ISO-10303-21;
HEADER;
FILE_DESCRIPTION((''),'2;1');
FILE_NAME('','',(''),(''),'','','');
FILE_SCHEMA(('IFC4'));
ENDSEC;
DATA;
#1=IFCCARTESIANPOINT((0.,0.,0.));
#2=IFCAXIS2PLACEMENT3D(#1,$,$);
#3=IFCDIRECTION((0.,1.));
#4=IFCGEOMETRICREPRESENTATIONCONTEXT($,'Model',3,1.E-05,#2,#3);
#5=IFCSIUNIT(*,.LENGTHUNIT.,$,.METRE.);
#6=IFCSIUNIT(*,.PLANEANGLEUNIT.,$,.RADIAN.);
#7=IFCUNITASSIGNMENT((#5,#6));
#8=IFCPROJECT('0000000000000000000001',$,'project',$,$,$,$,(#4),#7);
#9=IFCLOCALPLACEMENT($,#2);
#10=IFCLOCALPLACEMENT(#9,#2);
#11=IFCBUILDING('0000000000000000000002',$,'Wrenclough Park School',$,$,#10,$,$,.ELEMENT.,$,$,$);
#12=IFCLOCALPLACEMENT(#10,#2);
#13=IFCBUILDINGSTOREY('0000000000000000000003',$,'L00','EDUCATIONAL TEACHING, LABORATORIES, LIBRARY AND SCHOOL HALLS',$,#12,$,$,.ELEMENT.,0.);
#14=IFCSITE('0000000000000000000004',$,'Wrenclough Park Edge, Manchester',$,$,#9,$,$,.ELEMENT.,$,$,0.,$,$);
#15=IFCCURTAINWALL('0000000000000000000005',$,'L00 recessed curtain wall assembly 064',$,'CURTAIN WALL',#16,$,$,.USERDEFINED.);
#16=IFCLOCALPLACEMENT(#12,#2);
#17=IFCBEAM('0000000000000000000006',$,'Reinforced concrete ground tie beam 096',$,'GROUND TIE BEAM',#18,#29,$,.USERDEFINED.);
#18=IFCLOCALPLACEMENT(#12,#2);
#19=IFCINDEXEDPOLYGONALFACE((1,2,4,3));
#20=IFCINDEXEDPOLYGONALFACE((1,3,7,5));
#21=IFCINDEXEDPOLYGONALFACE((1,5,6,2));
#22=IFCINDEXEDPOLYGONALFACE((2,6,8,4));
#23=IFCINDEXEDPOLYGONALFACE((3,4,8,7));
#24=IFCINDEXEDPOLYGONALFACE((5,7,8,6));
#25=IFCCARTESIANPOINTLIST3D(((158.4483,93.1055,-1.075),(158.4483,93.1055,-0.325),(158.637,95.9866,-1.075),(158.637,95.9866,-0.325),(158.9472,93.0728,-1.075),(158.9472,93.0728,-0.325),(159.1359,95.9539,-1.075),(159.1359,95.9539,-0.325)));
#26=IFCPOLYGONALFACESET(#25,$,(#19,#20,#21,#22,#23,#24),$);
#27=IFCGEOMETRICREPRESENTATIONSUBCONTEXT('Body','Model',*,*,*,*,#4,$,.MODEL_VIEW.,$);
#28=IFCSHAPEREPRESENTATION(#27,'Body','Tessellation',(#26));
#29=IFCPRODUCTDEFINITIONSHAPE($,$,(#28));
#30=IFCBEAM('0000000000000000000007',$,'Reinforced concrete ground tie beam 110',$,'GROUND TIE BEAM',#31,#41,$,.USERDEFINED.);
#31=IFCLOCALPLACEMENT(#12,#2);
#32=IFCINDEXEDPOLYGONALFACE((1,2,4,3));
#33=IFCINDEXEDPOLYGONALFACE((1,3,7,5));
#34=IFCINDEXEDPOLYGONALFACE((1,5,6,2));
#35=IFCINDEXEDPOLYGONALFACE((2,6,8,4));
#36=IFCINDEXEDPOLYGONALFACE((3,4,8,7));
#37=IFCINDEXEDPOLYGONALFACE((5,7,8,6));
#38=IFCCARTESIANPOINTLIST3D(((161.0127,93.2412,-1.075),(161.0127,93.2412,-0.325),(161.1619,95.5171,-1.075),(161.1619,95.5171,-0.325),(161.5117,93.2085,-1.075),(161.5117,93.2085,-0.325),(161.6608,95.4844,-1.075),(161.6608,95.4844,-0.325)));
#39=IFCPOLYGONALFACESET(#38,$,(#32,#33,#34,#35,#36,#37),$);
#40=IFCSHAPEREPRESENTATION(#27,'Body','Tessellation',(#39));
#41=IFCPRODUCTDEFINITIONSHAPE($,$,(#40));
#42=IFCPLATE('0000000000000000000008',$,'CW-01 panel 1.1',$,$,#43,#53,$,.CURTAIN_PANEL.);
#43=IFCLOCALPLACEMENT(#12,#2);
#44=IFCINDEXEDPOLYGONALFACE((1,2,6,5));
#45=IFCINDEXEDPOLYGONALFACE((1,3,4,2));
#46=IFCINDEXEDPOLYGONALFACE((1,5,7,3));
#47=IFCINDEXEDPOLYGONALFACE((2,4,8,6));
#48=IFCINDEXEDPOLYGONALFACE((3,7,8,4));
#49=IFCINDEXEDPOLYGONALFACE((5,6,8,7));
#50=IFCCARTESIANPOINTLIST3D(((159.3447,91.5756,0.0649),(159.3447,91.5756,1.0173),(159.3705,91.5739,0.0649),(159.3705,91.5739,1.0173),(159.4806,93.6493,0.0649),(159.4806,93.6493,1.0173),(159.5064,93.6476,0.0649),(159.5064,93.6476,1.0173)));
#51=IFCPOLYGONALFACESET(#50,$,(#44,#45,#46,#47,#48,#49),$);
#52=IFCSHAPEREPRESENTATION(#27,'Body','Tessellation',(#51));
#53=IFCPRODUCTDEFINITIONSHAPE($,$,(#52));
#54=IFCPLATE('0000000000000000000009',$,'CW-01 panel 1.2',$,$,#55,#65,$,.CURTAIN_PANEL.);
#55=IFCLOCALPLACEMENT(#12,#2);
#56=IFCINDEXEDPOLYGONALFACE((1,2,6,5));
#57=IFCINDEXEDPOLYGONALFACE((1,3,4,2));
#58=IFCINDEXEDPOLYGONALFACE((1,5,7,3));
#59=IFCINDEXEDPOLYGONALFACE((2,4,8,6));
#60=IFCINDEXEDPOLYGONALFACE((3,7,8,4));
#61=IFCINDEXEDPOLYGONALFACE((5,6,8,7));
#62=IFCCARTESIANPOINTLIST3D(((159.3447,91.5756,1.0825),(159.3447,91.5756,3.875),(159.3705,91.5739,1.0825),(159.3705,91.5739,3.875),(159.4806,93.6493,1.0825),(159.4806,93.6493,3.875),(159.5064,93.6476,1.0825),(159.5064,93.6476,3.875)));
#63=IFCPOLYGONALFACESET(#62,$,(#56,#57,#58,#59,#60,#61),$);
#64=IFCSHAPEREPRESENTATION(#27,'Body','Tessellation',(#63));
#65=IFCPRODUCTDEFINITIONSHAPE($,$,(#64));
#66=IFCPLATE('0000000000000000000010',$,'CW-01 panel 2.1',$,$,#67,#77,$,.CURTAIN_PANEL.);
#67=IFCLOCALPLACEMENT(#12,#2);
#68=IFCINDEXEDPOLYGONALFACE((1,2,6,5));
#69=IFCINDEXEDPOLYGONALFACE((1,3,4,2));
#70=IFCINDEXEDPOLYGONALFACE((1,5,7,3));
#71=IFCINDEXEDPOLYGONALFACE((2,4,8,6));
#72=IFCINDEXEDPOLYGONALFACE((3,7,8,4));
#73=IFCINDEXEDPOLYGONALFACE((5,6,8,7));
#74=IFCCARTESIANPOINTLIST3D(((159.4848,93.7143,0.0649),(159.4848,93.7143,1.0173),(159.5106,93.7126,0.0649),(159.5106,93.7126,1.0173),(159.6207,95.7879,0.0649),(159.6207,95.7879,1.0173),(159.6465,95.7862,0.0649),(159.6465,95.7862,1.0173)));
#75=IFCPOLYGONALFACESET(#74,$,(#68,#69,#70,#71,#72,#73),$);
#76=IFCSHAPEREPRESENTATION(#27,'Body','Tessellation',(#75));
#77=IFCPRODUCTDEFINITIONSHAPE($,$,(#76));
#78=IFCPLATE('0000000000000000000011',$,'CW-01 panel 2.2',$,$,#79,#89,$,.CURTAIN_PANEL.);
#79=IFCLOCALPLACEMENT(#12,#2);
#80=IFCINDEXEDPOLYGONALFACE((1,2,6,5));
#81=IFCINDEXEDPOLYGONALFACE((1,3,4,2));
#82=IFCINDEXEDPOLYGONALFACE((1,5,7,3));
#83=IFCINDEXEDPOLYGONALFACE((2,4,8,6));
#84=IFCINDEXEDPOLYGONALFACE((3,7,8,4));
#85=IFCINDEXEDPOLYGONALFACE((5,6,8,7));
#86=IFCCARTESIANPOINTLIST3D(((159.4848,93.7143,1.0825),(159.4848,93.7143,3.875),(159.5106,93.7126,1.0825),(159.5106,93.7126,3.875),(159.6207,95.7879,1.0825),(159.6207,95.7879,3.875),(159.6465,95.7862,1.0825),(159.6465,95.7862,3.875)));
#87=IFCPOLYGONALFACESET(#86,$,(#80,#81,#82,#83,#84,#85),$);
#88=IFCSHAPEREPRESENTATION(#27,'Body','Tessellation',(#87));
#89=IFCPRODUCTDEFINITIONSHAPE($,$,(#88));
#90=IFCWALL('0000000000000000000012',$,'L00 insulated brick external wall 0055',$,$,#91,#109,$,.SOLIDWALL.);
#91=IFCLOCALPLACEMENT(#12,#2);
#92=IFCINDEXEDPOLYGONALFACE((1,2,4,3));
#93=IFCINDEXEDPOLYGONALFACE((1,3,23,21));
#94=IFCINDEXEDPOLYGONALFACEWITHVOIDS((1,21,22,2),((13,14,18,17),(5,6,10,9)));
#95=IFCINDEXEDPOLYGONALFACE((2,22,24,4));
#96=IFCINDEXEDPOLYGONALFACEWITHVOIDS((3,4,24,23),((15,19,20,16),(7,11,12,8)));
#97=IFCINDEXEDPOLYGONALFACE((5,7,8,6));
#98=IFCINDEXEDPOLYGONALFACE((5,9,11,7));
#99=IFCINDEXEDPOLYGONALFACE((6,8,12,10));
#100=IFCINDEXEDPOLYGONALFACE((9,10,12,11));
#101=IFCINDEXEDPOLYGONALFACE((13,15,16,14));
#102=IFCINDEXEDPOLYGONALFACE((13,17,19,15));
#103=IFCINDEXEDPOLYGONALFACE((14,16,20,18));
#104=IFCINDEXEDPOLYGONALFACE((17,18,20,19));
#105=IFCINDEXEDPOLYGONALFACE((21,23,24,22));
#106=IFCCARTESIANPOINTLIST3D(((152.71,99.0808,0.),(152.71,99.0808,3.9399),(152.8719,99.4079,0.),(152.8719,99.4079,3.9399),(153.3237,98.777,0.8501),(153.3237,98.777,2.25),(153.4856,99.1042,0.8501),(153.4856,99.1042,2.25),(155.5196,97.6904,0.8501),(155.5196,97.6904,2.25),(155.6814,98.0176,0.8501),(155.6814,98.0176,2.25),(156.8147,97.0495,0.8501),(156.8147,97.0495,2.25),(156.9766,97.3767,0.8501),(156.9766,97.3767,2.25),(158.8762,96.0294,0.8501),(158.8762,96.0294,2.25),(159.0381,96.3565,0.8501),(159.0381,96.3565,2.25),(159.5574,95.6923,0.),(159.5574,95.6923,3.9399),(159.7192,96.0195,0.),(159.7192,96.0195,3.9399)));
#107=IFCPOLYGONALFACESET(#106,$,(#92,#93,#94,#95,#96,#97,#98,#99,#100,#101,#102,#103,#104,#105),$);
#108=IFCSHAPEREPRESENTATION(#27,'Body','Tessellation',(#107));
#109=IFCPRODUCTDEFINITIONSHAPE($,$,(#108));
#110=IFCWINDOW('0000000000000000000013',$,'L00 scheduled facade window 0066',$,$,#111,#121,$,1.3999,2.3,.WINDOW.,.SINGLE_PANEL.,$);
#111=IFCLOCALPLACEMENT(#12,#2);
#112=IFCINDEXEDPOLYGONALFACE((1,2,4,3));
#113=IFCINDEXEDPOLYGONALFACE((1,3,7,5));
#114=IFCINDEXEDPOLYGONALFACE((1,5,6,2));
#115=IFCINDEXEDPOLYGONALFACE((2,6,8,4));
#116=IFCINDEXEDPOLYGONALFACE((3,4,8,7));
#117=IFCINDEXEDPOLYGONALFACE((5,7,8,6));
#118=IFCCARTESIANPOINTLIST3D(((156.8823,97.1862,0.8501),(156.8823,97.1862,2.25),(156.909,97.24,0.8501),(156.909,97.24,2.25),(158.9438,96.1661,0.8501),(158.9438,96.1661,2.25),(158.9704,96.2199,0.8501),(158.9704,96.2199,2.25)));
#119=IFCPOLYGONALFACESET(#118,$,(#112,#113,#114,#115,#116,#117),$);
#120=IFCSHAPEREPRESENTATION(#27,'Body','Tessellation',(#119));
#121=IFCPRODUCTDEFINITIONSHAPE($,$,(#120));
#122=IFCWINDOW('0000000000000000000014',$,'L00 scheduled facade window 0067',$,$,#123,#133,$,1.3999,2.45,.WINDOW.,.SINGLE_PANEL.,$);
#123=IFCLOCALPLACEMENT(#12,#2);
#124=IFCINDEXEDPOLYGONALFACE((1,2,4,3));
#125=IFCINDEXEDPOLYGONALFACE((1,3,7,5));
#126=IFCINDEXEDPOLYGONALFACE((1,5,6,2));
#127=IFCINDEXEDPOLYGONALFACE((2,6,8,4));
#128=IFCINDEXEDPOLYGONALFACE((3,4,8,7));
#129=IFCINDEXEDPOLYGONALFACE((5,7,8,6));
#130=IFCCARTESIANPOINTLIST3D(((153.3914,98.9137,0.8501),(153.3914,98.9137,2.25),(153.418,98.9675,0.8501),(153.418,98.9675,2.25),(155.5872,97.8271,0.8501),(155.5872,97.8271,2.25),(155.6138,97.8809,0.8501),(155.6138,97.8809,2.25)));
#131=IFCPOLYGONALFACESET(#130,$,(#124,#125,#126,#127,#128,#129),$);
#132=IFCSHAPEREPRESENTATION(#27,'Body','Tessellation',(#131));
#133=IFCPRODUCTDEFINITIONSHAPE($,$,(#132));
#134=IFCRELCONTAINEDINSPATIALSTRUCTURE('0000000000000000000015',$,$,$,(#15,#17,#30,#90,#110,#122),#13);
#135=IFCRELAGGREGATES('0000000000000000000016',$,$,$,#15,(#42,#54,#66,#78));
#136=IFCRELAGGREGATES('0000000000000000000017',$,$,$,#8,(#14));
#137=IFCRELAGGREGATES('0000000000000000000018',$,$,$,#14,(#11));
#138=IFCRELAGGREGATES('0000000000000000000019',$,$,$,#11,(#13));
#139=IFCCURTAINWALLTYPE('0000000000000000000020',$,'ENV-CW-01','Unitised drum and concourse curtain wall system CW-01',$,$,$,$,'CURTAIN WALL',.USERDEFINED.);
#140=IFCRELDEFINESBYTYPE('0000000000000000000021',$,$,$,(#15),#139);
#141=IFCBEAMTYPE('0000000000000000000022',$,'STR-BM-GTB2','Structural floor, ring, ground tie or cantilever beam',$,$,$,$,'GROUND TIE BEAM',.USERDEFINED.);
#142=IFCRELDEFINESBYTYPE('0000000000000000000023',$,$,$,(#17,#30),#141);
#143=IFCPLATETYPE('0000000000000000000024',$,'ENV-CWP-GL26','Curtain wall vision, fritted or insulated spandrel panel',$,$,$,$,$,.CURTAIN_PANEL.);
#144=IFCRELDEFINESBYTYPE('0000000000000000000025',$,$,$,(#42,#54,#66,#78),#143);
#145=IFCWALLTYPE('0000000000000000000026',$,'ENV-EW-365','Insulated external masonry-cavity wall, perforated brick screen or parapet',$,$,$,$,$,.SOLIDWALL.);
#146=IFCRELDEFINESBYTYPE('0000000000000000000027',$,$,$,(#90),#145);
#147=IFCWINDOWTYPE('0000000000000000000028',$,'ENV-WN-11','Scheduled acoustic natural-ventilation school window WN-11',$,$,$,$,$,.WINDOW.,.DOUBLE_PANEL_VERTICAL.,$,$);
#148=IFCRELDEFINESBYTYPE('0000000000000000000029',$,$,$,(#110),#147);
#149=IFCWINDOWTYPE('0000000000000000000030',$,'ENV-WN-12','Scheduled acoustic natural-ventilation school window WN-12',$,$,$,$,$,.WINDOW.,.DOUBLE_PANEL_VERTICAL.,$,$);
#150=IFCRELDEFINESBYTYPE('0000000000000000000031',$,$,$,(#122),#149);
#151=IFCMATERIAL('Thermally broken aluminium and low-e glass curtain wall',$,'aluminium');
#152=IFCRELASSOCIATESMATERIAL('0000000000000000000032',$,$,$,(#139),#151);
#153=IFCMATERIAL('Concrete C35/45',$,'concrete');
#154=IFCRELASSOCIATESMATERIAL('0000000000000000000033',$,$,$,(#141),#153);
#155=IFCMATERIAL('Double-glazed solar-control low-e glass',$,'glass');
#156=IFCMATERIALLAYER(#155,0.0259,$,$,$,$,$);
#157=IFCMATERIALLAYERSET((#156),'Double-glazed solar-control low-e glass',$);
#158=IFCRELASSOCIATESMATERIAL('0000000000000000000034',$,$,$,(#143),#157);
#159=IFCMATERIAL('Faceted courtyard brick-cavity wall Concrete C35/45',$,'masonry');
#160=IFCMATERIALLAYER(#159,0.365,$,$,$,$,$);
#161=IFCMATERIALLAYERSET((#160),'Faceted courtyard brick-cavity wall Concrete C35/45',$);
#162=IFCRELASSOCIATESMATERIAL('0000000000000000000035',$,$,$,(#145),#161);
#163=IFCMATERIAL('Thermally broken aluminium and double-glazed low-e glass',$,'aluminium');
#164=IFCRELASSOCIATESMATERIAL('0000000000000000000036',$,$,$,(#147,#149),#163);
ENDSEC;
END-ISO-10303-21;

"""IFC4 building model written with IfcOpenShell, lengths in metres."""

from ifc_helpers import new_model, si_unit, direction, frame, frame_2d, origin, origin_2d, place, context, subcontext, project, spatial, rectangle, extrude, material, layer, layer_set, material_profile, profile_set, type_object, element, fill, aggregate, save


model = new_model("IFC4")

# Units and contexts
model_context = context("Model", 3, precision=1e-05, world=origin(), true_north=direction((0.0, 1.0)))
body_context = subcontext(model_context, "Body", "Model", "MODEL_VIEW")
ifc_project = project(units=[si_unit("LENGTHUNIT", "METRE"), si_unit("PLANEANGLEUNIT", "RADIAN")], contexts=[model_context])

# Site, building, storey
site_placement = place(None, origin())
site = spatial("IfcSite", under=ifc_project, at=site_placement, Name="Wrenclough Park Edge, Manchester", CompositionType="ELEMENT", RefElevation=0.0)
building_placement = place(site_placement, origin())
building = spatial("IfcBuilding", under=site, at=building_placement, Name="Wrenclough Park School", CompositionType="ELEMENT")
storey_placement = place(building_placement, origin())
storey = spatial("IfcBuildingStorey", under=building, at=storey_placement, Name="L00", Description="EDUCATIONAL TEACHING, LABORATORIES, LIBRARY AND SCHOOL HALLS", CompositionType="ELEMENT", Elevation=0.0)

# Shared definitions
ifc_material_1 = material(Name="Concrete C35/45", Category="concrete")

# Shared definitions
ifc_material_2 = material(Name="Thermally broken aluminium and low-e glass curtain wall", Category="aluminium")

# Curtain wall
curtain_wall_type_1 = type_object("IfcCurtainWallType", Name="ENV-CW-01", Description="Unitised drum and concourse curtain wall system CW-01", ElementType="CURTAIN WALL", PredefinedType="USERDEFINED", material=ifc_material_2)
curtain_wall_1_placement = place(storey_placement, origin())
curtain_wall_1 = element("IfcCurtainWall", 1, at=curtain_wall_1_placement, inside=storey, type_object=curtain_wall_type_1, Name="L00 recessed curtain wall assembly 064", ObjectType="CURTAIN WALL", PredefinedType="USERDEFINED")

# Beams
ifc_material_profile_1 = material_profile(ifc_material_1, rectangle(XDim=0.5, YDim=0.75, at=origin_2d()), Name="RC GROUND 500x750")
ifc_profile_set_1 = profile_set([ifc_material_profile_1], Name="Concrete C35/45")
beam_type = type_object("IfcBeamType", Name="STR-BM-GTB2", Description="Structural floor, ring, ground tie or cantilever beam", ElementType="GROUND TIE BEAM", PredefinedType="USERDEFINED", material=ifc_profile_set_1)
beam_1_placement = place(storey_placement, frame((158.8865, 95.9702, -0.7), z_axis=(-0.065363, -0.997862, 0.0), x_axis=(0.997862, -0.065363, 0.0)))
element("IfcBeam", 2, at=beam_1_placement, inside=storey, type_object=beam_type, Name="Reinforced concrete ground tie beam 096", ObjectType="GROUND TIE BEAM", PredefinedType="USERDEFINED", context=body_context, shape_type="SweptSolid", body=[
    extrude(rectangle(XDim=0.5, YDim=0.75, at=origin_2d()), origin(), (0.0, 0.0, 1.0), 2.8872),
])
beam_2_placement = place(storey_placement, frame((161.4114, 95.5007, -0.7), z_axis=(-0.065404, -0.997859, 0.0), x_axis=(0.997859, -0.065404, 0.0)))
element("IfcBeam", 3, at=beam_2_placement, inside=storey, type_object=beam_type, Name="Reinforced concrete ground tie beam 110", ObjectType="GROUND TIE BEAM", PredefinedType="USERDEFINED", context=body_context, shape_type="SweptSolid", body=[
    extrude(rectangle(XDim=0.5, YDim=0.75, at=origin_2d()), origin(), (0.0, 0.0, 1.0), 2.2808),
])

# Plates
ifc_material_3 = material(Name="Double-glazed solar-control low-e glass", Category="glass")
ifc_layer_1 = layer(ifc_material_3, 0.0259)
ifc_layer_set_1 = layer_set([ifc_layer_1], Name="Double-glazed solar-control low-e glass")
plate_type = type_object("IfcPlateType", Name="ENV-CWP-GL26", Description="Curtain wall vision, fritted or insulated spandrel panel", PredefinedType="CURTAIN_PANEL", material=ifc_layer_set_1)
plate_1_placement = place(storey_placement, frame((159.4255, 92.6116, 0.0649), z_axis=(0.0, 0.0, 1.0), x_axis=(0.065383, 0.99786, 0.0)))
plate_1 = element("IfcPlate", 4, at=plate_1_placement, type_object=plate_type, Name="CW-01 panel 1.1", PredefinedType="CURTAIN_PANEL", context=body_context, shape_type="SweptSolid", body=[
    extrude(rectangle(XDim=2.0781, YDim=0.0259, at=origin_2d()), origin(), (0.0, 0.0, 1.0), 0.9524),
])
plate_2_placement = place(storey_placement, frame((159.4255, 92.6116, 1.0825), z_axis=(0.0, 0.0, 1.0), x_axis=(0.065383, 0.99786, 0.0)))
plate_2 = element("IfcPlate", 5, at=plate_2_placement, type_object=plate_type, Name="CW-01 panel 1.2", PredefinedType="CURTAIN_PANEL", context=body_context, shape_type="SweptSolid", body=[
    extrude(rectangle(XDim=2.0781, YDim=0.0259, at=origin_2d()), origin(), (0.0, 0.0, 1.0), 2.7925),
])
plate_3_placement = place(storey_placement, frame((159.5657, 94.7502, 0.0649), z_axis=(0.0, 0.0, 1.0), x_axis=(0.065383, 0.99786, 0.0)))
plate_3 = element("IfcPlate", 6, at=plate_3_placement, type_object=plate_type, Name="CW-01 panel 2.1", PredefinedType="CURTAIN_PANEL", context=body_context, shape_type="SweptSolid", body=[
    extrude(rectangle(XDim=2.0781, YDim=0.0259, at=origin_2d()), origin(), (0.0, 0.0, 1.0), 0.9524),
])
plate_4_placement = place(storey_placement, frame((159.5657, 94.7502, 1.0825), z_axis=(0.0, 0.0, 1.0), x_axis=(0.065383, 0.99786, 0.0)))
plate_4 = element("IfcPlate", 7, at=plate_4_placement, type_object=plate_type, Name="CW-01 panel 2.2", PredefinedType="CURTAIN_PANEL", context=body_context, shape_type="SweptSolid", body=[
    extrude(rectangle(XDim=2.0781, YDim=0.0259, at=origin_2d()), origin(), (0.0, 0.0, 1.0), 2.7925),
])
aggregate(curtain_wall_1, [plate_1, plate_2, plate_3, plate_4])

# Wall, openings, windows
ifc_material_4 = material(Name="Faceted courtyard brick-cavity wall Concrete C35/45", Category="masonry")
ifc_layer_2 = layer(ifc_material_4, 0.365)
ifc_layer_set_2 = layer_set([ifc_layer_2], Name="Faceted courtyard brick-cavity wall Concrete C35/45")
wall_type = type_object("IfcWallType", Name="ENV-EW-365", Description="Insulated external masonry-cavity wall, perforated brick screen or parapet", PredefinedType="SOLIDWALL", material=ifc_layer_set_2)
wall_placement = place(storey_placement, frame((159.6382, 95.856, 0.0), z_axis=(0.0, 0.0, 1.0), x_axis=(-0.896267, 0.443516, 0.0)))
wall = element("IfcWall", 8, at=wall_placement, inside=storey, type_object=wall_type, Name="L00 insulated brick external wall 0055", PredefinedType="SOLIDWALL", context=body_context, shape_type="SweptSolid", body=[
    extrude(rectangle(XDim=7.6399, YDim=0.365, at=frame_2d((3.8198, 0.0))), origin(), (0.0, 0.0, 1.0), 3.9399),
])
opening_1_placement = place(wall_placement, frame((0.76, 0.0, 0.8501)))
opening_1 = element("IfcOpeningElement", 9, at=opening_1_placement, cuts=wall, PredefinedType="OPENING", context=body_context, shape_type="SweptSolid", body=[
    extrude(rectangle(XDim=2.3, YDim=1.3999, at=frame_2d((1.1499, 0.7))), frame((0.0, 0.1924, 0.0), z_axis=(0.0, -1.0, 0.0), x_axis=(1.0, 0.0, 0.0)), (0.0, 0.0, 1.0), 0.385),
])
opening_2_placement = place(wall_placement, frame((4.5049, 0.0, 0.8501)))
opening_2 = element("IfcOpeningElement", 10, at=opening_2_placement, cuts=wall, PredefinedType="OPENING", context=body_context, shape_type="SweptSolid", body=[
    extrude(rectangle(XDim=2.45, YDim=1.3999, at=frame_2d((1.2251, 0.7))), frame((0.0, 0.1924, 0.0), z_axis=(0.0, -1.0, 0.0), x_axis=(1.0, 0.0, 0.0)), (0.0, 0.0, 1.0), 0.385),
])
ifc_material_5 = material(Name="Thermally broken aluminium and double-glazed low-e glass", Category="aluminium")
window_type_1 = type_object("IfcWindowType", Name="ENV-WN-11", Description="Scheduled acoustic natural-ventilation school window WN-11", PartitioningType="DOUBLE_PANEL_VERTICAL", PredefinedType="WINDOW", material=ifc_material_5)
window_1_placement = place(opening_1_placement, origin())
window_1 = element("IfcWindow", 11, at=window_1_placement, inside=storey, type_object=window_type_1, Name="L00 scheduled facade window 0066", OverallHeight=1.3999, OverallWidth=2.3, PartitioningType="SINGLE_PANEL", PredefinedType="WINDOW", context=body_context, shape_type="SweptSolid", body=[
    extrude(rectangle(XDim=2.3, YDim=1.3999, at=frame_2d((1.1499, 0.7))), frame((0.0, 0.03, 0.0), z_axis=(0.0, -1.0, 0.0), x_axis=(1.0, 0.0, 0.0)), (0.0, 0.0, 1.0), 0.0601),
])
fill(opening_1, window_1)
window_type_2 = type_object("IfcWindowType", Name="ENV-WN-12", Description="Scheduled acoustic natural-ventilation school window WN-12", PartitioningType="DOUBLE_PANEL_VERTICAL", PredefinedType="WINDOW", material=ifc_material_5)
window_2_placement = place(opening_2_placement, origin())
window_2 = element("IfcWindow", 12, at=window_2_placement, inside=storey, type_object=window_type_2, Name="L00 scheduled facade window 0067", OverallHeight=1.3999, OverallWidth=2.45, PartitioningType="SINGLE_PANEL", PredefinedType="WINDOW", context=body_context, shape_type="SweptSolid", body=[
    extrude(rectangle(XDim=2.45, YDim=1.3999, at=frame_2d((1.2251, 0.7))), frame((0.0, 0.03, 0.0), z_axis=(0.0, -1.0, 0.0), x_axis=(1.0, 0.0, 0.0)), (0.0, 0.0, 1.0), 0.0601),
])
fill(opening_2, window_2)

save(model, "model.ifc")
